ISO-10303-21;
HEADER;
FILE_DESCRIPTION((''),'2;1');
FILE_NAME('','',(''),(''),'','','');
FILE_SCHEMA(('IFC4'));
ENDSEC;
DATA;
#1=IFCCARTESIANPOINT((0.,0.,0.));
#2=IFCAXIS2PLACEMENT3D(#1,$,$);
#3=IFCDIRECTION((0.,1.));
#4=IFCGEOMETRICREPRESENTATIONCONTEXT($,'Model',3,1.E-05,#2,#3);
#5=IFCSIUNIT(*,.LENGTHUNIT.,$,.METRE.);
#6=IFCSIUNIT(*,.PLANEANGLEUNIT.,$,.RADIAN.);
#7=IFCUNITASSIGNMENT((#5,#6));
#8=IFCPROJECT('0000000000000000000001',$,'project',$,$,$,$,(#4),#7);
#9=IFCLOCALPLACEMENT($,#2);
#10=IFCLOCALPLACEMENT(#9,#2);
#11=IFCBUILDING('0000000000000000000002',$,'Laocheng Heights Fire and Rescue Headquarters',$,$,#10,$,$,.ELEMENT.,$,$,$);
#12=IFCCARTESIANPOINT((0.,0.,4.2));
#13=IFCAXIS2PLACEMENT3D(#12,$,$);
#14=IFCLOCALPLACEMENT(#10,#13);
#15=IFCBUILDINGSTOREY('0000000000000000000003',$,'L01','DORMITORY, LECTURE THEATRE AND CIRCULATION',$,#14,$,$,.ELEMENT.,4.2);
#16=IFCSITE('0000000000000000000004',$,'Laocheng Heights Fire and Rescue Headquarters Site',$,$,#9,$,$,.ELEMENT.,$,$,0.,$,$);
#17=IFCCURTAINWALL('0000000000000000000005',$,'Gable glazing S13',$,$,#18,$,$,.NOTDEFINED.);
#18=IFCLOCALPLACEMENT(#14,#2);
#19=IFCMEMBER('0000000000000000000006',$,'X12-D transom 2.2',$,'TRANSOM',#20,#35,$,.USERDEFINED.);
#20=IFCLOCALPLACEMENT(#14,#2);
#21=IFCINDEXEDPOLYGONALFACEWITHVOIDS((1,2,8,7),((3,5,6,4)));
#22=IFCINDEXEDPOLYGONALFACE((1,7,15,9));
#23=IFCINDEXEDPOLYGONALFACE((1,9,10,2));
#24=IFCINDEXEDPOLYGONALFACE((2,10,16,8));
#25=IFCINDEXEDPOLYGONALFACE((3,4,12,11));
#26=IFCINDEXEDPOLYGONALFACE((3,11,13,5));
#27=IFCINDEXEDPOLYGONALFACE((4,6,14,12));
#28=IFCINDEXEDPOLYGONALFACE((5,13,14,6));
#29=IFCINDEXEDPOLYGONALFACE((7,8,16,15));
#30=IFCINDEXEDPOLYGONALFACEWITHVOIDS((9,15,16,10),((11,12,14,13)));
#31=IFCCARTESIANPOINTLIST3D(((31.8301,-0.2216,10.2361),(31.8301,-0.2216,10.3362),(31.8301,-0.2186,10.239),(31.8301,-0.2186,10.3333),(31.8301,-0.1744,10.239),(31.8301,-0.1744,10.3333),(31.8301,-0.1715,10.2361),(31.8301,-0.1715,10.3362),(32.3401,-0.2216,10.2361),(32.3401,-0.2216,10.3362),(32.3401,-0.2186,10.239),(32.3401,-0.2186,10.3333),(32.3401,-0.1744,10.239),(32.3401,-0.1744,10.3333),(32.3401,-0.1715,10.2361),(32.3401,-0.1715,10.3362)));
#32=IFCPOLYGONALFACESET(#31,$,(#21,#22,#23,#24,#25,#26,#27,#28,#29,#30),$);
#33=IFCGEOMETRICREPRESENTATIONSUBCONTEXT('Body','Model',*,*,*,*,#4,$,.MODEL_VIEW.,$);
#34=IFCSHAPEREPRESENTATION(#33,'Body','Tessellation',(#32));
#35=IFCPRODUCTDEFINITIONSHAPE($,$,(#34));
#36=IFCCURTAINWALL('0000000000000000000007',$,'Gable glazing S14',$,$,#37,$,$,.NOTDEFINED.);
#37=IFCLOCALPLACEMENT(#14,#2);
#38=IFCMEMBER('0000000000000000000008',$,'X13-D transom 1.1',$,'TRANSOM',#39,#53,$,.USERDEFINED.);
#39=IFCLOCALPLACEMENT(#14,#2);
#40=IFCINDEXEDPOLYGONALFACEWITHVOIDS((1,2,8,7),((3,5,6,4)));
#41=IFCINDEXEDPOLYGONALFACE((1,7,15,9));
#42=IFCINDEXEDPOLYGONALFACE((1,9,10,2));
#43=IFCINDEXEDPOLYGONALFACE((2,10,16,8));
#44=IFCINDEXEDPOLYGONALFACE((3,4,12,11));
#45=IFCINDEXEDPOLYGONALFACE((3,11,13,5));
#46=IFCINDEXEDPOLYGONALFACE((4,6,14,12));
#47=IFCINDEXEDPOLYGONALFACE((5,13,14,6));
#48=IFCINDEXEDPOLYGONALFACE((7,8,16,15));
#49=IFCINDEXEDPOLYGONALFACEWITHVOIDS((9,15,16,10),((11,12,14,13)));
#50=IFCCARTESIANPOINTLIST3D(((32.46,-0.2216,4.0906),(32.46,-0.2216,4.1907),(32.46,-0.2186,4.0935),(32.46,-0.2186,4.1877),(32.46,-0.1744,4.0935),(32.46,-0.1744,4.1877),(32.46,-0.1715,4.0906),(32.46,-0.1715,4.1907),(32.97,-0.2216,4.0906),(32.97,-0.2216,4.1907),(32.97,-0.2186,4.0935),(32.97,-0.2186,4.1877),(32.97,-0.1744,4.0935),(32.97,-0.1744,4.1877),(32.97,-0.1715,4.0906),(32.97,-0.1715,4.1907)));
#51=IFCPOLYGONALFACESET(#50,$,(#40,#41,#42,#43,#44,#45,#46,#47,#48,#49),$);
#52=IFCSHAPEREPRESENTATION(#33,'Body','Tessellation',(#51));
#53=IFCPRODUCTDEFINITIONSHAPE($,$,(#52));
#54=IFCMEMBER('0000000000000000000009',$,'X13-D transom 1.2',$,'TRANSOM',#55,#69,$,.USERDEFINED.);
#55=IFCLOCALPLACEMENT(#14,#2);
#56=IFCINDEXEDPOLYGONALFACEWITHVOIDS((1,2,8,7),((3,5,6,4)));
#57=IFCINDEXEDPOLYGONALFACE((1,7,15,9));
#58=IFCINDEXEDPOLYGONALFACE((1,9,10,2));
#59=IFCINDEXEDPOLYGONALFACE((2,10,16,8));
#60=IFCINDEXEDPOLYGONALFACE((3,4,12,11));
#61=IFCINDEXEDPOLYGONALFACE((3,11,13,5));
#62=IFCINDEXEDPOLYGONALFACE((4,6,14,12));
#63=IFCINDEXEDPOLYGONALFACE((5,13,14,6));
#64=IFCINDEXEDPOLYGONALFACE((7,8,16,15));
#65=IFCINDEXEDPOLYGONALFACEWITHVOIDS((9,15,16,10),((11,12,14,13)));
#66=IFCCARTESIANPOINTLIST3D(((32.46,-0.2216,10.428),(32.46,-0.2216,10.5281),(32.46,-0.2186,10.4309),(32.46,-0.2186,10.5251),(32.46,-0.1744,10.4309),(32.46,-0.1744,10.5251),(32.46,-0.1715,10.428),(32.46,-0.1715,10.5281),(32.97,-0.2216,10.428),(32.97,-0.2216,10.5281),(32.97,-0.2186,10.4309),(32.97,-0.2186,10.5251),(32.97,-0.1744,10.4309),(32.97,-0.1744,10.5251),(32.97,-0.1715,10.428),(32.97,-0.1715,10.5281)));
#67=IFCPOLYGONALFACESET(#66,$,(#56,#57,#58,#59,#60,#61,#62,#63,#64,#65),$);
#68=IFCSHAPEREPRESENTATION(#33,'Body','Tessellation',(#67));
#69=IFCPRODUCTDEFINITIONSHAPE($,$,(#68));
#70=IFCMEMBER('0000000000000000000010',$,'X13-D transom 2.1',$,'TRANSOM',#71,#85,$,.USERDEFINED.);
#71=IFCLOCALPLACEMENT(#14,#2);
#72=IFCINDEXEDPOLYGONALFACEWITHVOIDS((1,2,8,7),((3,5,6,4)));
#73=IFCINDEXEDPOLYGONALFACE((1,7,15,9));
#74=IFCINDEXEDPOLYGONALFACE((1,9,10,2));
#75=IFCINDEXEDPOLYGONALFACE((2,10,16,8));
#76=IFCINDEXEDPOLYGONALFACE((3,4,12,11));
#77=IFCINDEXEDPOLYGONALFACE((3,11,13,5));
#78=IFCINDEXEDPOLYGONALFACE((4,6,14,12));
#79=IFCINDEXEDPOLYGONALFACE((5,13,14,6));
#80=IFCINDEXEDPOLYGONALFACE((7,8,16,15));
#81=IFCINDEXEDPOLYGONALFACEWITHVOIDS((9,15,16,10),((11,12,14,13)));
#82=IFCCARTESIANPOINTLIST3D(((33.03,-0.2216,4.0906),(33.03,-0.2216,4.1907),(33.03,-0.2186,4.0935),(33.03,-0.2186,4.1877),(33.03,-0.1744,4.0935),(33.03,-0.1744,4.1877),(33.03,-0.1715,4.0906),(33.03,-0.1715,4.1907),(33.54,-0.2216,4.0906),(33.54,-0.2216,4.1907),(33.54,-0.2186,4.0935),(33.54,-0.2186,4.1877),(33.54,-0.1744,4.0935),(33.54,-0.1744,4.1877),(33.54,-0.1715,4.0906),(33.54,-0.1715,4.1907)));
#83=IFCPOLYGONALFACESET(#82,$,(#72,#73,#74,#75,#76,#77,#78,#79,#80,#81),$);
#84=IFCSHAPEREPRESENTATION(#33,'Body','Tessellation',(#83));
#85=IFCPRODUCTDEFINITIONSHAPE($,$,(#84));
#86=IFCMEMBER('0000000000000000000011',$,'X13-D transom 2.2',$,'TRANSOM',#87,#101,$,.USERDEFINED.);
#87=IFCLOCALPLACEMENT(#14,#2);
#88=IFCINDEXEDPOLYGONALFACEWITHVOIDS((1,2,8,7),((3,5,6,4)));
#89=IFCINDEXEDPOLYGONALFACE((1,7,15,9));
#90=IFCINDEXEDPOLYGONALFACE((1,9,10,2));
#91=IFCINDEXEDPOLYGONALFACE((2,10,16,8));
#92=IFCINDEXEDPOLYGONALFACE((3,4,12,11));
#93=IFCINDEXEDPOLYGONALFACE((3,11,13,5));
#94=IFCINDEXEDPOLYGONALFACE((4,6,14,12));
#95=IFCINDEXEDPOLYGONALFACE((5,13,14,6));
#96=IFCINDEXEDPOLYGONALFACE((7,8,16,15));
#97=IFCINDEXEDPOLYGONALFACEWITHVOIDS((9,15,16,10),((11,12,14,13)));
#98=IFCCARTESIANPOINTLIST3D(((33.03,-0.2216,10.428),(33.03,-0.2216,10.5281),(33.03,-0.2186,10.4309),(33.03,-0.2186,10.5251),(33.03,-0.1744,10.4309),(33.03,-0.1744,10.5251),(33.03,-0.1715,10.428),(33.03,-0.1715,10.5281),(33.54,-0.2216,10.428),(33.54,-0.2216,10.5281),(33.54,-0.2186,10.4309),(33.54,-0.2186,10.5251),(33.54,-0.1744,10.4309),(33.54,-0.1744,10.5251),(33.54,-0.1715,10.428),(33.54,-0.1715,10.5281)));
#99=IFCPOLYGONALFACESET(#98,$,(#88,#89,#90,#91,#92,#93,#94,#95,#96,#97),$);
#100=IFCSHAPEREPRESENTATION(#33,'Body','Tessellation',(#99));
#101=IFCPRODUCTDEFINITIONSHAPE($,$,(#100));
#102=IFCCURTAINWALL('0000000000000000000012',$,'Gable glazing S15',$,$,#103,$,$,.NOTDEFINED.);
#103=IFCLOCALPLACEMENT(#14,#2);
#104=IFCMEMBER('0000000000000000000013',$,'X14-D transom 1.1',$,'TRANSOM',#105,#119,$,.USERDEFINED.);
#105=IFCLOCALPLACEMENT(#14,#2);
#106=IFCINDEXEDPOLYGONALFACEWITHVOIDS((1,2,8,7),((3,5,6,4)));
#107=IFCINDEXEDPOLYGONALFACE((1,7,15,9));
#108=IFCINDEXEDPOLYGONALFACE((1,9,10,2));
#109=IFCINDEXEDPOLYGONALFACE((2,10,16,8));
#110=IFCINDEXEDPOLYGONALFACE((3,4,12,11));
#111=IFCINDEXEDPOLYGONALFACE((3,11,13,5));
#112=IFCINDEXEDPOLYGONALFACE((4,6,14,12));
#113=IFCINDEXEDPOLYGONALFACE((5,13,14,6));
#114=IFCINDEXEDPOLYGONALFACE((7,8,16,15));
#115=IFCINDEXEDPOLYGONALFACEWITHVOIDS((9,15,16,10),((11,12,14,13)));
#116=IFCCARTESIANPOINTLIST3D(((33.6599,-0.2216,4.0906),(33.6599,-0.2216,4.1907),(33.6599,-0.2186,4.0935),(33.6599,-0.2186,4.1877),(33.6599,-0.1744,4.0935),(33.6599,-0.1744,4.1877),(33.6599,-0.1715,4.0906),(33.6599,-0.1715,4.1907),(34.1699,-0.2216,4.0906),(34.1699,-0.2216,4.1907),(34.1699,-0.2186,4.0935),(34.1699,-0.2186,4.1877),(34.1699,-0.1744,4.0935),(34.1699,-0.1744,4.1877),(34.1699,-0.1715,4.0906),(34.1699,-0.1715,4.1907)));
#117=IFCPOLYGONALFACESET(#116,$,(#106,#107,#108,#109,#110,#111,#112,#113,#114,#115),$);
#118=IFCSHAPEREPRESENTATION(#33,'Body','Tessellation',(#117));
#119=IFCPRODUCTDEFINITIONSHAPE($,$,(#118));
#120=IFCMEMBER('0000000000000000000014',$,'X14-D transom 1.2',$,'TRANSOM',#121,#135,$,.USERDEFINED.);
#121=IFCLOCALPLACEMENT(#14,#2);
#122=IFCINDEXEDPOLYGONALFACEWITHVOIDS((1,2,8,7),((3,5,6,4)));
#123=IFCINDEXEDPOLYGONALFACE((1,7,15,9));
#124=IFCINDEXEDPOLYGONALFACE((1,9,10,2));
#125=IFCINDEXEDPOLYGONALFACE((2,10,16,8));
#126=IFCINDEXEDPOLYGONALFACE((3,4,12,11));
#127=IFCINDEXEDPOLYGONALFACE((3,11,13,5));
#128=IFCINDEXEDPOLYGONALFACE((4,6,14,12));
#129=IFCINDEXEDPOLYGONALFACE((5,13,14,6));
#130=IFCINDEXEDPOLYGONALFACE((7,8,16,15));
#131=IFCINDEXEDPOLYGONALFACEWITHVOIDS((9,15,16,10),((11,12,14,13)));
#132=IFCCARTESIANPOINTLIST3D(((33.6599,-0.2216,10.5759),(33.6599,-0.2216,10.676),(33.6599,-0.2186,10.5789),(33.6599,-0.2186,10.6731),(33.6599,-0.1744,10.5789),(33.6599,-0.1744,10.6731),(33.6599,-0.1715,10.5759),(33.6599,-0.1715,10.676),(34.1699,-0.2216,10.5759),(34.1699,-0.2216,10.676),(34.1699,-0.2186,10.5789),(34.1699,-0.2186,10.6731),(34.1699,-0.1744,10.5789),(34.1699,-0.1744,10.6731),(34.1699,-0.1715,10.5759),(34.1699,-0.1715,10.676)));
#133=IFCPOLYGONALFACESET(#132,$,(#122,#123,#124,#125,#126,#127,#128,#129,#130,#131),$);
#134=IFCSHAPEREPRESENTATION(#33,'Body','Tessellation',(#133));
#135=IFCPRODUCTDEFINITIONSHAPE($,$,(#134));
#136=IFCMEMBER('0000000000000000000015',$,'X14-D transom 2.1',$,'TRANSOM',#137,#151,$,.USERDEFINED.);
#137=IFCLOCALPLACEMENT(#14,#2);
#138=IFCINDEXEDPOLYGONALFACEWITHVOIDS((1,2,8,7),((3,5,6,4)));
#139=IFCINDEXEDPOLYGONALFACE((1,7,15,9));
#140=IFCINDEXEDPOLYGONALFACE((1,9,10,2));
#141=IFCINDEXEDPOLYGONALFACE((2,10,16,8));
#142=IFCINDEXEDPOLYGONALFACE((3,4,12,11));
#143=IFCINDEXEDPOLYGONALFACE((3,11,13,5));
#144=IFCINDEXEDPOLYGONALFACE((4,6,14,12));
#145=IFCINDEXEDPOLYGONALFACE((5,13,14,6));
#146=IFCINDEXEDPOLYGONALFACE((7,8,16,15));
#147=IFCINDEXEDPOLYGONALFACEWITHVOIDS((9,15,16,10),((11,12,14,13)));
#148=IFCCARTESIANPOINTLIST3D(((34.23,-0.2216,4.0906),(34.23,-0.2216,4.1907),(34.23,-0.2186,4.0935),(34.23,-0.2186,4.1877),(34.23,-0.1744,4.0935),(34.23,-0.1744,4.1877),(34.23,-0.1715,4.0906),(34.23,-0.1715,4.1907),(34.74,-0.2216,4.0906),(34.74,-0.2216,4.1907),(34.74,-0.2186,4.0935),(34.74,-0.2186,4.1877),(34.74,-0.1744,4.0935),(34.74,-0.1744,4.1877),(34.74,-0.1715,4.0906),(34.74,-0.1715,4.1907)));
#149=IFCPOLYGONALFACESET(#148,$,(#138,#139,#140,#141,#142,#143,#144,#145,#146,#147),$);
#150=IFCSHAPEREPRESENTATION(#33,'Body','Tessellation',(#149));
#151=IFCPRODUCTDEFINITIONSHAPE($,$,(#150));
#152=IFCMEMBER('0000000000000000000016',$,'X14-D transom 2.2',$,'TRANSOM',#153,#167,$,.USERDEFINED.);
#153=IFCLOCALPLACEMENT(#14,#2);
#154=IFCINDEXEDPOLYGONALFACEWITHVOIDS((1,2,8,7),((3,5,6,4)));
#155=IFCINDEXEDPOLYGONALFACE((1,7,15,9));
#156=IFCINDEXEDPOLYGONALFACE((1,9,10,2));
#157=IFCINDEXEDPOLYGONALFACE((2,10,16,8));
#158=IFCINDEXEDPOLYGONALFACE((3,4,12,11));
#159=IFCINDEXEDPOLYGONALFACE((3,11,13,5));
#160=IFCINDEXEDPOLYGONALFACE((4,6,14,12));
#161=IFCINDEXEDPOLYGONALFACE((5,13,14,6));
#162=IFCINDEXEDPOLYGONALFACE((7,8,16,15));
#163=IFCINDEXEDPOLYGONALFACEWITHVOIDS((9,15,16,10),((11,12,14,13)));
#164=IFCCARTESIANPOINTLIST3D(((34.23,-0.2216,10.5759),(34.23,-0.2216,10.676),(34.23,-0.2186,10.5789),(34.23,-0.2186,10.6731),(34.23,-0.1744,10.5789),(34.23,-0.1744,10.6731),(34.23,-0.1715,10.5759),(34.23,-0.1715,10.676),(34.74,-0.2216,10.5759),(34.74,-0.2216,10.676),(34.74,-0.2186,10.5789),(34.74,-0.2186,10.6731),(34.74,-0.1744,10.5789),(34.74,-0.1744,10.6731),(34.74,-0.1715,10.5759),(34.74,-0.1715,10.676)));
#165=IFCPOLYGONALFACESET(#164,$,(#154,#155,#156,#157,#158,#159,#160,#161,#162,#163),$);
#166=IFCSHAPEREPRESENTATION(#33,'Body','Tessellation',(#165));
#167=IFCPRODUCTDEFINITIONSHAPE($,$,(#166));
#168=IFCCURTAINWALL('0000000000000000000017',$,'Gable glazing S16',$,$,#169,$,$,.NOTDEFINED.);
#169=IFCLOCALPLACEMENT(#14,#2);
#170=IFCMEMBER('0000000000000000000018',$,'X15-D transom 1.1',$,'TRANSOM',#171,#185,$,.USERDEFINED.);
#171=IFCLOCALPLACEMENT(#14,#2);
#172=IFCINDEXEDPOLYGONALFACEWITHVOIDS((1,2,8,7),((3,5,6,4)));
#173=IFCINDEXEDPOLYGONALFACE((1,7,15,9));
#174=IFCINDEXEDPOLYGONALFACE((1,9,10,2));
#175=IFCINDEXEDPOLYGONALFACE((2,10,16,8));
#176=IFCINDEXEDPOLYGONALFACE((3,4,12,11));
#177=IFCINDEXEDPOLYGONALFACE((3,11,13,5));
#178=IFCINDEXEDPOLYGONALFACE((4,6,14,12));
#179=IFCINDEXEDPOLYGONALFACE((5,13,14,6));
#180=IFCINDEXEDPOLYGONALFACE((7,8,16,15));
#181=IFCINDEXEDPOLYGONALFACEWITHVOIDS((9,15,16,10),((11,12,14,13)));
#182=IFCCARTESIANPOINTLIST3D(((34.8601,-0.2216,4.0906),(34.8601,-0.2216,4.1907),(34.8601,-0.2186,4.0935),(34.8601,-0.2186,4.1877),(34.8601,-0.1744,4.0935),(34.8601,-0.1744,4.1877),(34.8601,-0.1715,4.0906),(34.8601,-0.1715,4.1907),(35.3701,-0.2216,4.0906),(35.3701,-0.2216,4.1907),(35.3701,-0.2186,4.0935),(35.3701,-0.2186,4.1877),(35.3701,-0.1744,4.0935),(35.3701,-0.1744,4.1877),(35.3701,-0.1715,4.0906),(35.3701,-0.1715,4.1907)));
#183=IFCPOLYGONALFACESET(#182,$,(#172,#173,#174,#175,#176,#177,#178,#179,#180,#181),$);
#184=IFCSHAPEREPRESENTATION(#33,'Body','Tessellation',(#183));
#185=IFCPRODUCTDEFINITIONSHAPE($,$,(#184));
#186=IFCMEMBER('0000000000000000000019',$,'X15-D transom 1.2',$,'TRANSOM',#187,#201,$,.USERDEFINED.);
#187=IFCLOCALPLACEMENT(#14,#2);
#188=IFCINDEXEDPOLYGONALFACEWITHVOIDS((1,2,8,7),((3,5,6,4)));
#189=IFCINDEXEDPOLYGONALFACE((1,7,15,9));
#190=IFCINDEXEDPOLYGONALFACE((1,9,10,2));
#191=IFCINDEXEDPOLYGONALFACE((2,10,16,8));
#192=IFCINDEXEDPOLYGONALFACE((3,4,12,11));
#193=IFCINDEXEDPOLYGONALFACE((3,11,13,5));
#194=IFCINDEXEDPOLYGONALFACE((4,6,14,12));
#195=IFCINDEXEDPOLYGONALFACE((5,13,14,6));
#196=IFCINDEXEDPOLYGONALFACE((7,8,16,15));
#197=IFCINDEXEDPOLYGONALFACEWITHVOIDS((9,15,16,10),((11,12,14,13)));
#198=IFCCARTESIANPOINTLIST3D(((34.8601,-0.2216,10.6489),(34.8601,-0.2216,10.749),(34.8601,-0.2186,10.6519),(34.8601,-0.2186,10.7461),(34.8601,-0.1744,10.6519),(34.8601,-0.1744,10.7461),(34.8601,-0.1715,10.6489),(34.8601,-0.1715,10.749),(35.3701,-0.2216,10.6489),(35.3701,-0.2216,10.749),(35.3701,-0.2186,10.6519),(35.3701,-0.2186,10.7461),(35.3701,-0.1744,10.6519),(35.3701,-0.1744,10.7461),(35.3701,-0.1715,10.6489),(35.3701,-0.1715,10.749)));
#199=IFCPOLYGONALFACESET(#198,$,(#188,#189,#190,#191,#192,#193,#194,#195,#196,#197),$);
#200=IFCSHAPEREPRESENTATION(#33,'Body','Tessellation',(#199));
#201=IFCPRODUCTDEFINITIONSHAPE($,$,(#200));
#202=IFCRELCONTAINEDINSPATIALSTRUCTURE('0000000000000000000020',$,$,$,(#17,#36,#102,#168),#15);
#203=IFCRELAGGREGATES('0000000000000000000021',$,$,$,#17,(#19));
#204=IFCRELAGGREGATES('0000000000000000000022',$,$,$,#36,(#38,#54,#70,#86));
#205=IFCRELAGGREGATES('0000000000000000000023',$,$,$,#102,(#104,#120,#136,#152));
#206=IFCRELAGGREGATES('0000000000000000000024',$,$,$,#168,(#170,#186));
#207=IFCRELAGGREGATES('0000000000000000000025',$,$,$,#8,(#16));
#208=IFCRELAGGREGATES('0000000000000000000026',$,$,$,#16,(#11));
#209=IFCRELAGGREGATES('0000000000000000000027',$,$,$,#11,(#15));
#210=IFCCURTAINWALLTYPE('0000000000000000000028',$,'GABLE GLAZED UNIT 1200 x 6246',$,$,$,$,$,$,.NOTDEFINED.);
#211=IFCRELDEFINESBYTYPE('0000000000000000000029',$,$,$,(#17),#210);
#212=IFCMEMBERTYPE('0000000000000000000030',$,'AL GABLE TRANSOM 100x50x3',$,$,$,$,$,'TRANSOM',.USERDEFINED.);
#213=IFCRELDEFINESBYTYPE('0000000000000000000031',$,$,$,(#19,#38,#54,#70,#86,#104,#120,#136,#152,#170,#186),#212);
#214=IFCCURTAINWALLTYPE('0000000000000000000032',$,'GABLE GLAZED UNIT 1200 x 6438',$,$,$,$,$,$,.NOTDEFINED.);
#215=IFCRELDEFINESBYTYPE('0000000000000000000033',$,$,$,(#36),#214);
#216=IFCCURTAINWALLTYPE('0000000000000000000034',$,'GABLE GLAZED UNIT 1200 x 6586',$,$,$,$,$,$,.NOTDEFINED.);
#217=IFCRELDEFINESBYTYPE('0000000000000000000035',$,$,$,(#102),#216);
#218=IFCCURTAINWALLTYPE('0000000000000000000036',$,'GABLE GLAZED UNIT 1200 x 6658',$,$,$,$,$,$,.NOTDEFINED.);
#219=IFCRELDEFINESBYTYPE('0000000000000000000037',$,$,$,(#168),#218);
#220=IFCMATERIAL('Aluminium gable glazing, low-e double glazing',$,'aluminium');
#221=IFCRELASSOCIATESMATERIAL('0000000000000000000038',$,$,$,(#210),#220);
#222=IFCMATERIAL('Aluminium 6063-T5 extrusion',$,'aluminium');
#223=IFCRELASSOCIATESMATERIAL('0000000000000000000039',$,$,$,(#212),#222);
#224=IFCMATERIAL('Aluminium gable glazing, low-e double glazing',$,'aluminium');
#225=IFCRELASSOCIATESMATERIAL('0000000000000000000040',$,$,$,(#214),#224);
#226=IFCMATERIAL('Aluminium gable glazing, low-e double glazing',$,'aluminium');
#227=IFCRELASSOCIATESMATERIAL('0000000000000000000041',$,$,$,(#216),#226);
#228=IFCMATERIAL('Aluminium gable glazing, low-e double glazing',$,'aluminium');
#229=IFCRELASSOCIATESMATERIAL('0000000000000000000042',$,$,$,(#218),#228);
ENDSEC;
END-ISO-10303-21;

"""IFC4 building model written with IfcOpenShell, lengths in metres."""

from ifc_helpers import new_model, si_unit, direction, frame, origin, origin_2d, place, context, subcontext, project, spatial, hollow_rectangle, extrude, material, material_profile, profile_set, type_object, element, aggregate, save


model = new_model("IFC4")

# Units and contexts
model_context = context("Model", 3, precision=1e-05, world=origin(), true_north=direction((0.0, 1.0)))
body_context = subcontext(model_context, "Body", "Model", "MODEL_VIEW")
ifc_project = project(units=[si_unit("LENGTHUNIT", "METRE"), si_unit("PLANEANGLEUNIT", "RADIAN")], contexts=[model_context])

# Site, building, storey
site_placement = place(None, origin())
site = spatial("IfcSite", under=ifc_project, at=site_placement, Name="Laocheng Heights Fire and Rescue Headquarters Site", CompositionType="ELEMENT", RefElevation=0.0)
building_placement = place(site_placement, origin())
building = spatial("IfcBuilding", under=site, at=building_placement, Name="Laocheng Heights Fire and Rescue Headquarters", CompositionType="ELEMENT")
storey_placement = place(building_placement, frame((0.0, 0.0, 4.2)))
storey = spatial("IfcBuildingStorey", under=building, at=storey_placement, Name="L01", Description="DORMITORY, LECTURE THEATRE AND CIRCULATION", CompositionType="ELEMENT", Elevation=4.2)

# Curtain wall, member
ifc_material_1 = material(Name="Aluminium gable glazing, low-e double glazing", Category="aluminium")
curtain_wall_type_1 = type_object("IfcCurtainWallType", Name="GABLE GLAZED UNIT 1200 x 6246", PredefinedType="NOTDEFINED", material=ifc_material_1)
curtain_wall_1_placement = place(storey_placement, origin())
curtain_wall_1 = element("IfcCurtainWall", 1, at=curtain_wall_1_placement, inside=storey, type_object=curtain_wall_type_1, Name="Gable glazing S13", PredefinedType="NOTDEFINED")
ifc_material_2 = material(Name="Aluminium 6063-T5 extrusion", Category="aluminium")
ifc_material_profile = material_profile(ifc_material_2, hollow_rectangle(XDim=0.05, YDim=0.1001, WallThickness=0.0029, at=origin_2d()), Name="AL TRANSOM 100x50x3")
ifc_profile_set = profile_set([ifc_material_profile], Name="Aluminium 6063-T5 extrusion")
member_type = type_object("IfcMemberType", Name="AL GABLE TRANSOM 100x50x3", ElementType="TRANSOM", PredefinedType="USERDEFINED", material=ifc_profile_set)
member_1_placement = place(storey_placement, frame((31.8301, -0.1965, 10.2861), z_axis=(1.0, 0.0, 0.0), x_axis=(0.0, 1.0, 0.0)))
member_1 = element("IfcMember", 2, at=member_1_placement, type_object=member_type, Name="X12-D transom 2.2", ObjectType="TRANSOM", PredefinedType="USERDEFINED", context=body_context, shape_type="SweptSolid", body=[
    extrude(hollow_rectangle(XDim=0.05, YDim=0.1001, WallThickness=0.0029, at=origin_2d()), origin(), (0.0, 0.0, 1.0), 0.51),
])

# Curtain walls, members
ifc_material_3 = material(Name="Aluminium gable glazing, low-e double glazing", Category="aluminium")
curtain_wall_type_2 = type_object("IfcCurtainWallType", Name="GABLE GLAZED UNIT 1200 x 6438", PredefinedType="NOTDEFINED", material=ifc_material_3)
curtain_wall_2_placement = place(storey_placement, origin())
curtain_wall_2 = element("IfcCurtainWall", 3, at=curtain_wall_2_placement, inside=storey, type_object=curtain_wall_type_2, Name="Gable glazing S14", PredefinedType="NOTDEFINED")
member_2_placement = place(storey_placement, frame((32.46, -0.1965, 4.1406), z_axis=(1.0, 0.0, 0.0), x_axis=(0.0, 1.0, 0.0)))
member_2 = element("IfcMember", 4, at=member_2_placement, type_object=member_type, Name="X13-D transom 1.1", ObjectType="TRANSOM", PredefinedType="USERDEFINED", context=body_context, shape_type="SweptSolid", body=[
    extrude(hollow_rectangle(XDim=0.05, YDim=0.1001, WallThickness=0.0029, at=origin_2d()), origin(), (0.0, 0.0, 1.0), 0.51),
])
member_3_placement = place(storey_placement, frame((32.46, -0.1965, 10.478), z_axis=(1.0, 0.0, 0.0), x_axis=(0.0, 1.0, 0.0)))
member_3 = element("IfcMember", 5, at=member_3_placement, type_object=member_type, Name="X13-D transom 1.2", ObjectType="TRANSOM", PredefinedType="USERDEFINED", context=body_context, shape_type="SweptSolid", body=[
    extrude(hollow_rectangle(XDim=0.05, YDim=0.1001, WallThickness=0.0029, at=origin_2d()), origin(), (0.0, 0.0, 1.0), 0.51),
])
member_4_placement = place(storey_placement, frame((33.03, -0.1965, 4.1406), z_axis=(1.0, 0.0, 0.0), x_axis=(0.0, 1.0, 0.0)))
member_4 = element("IfcMember", 6, at=member_4_placement, type_object=member_type, Name="X13-D transom 2.1", ObjectType="TRANSOM", PredefinedType="USERDEFINED", context=body_context, shape_type="SweptSolid", body=[
    extrude(hollow_rectangle(XDim=0.05, YDim=0.1001, WallThickness=0.0029, at=origin_2d()), origin(), (0.0, 0.0, 1.0), 0.51),
])
member_5_placement = place(storey_placement, frame((33.03, -0.1965, 10.478), z_axis=(1.0, 0.0, 0.0), x_axis=(0.0, 1.0, 0.0)))
member_5 = element("IfcMember", 7, at=member_5_placement, type_object=member_type, Name="X13-D transom 2.2", ObjectType="TRANSOM", PredefinedType="USERDEFINED", context=body_context, shape_type="SweptSolid", body=[
    extrude(hollow_rectangle(XDim=0.05, YDim=0.1001, WallThickness=0.0029, at=origin_2d()), origin(), (0.0, 0.0, 1.0), 0.51),
])
ifc_material_4 = material(Name="Aluminium gable glazing, low-e double glazing", Category="aluminium")
curtain_wall_type_3 = type_object("IfcCurtainWallType", Name="GABLE GLAZED UNIT 1200 x 6586", PredefinedType="NOTDEFINED", material=ifc_material_4)
curtain_wall_3_placement = place(storey_placement, origin())
curtain_wall_3 = element("IfcCurtainWall", 8, at=curtain_wall_3_placement, inside=storey, type_object=curtain_wall_type_3, Name="Gable glazing S15", PredefinedType="NOTDEFINED")
member_6_placement = place(storey_placement, frame((33.6599, -0.1965, 4.1406), z_axis=(1.0, 0.0, 0.0), x_axis=(0.0, 1.0, 0.0)))
member_6 = element("IfcMember", 9, at=member_6_placement, type_object=member_type, Name="X14-D transom 1.1", ObjectType="TRANSOM", PredefinedType="USERDEFINED", context=body_context, shape_type="SweptSolid", body=[
    extrude(hollow_rectangle(XDim=0.05, YDim=0.1001, WallThickness=0.0029, at=origin_2d()), origin(), (0.0, 0.0, 1.0), 0.51),
])
member_7_placement = place(storey_placement, frame((33.6599, -0.1965, 10.626), z_axis=(1.0, 0.0, 0.0), x_axis=(0.0, 1.0, 0.0)))
member_7 = element("IfcMember", 10, at=member_7_placement, type_object=member_type, Name="X14-D transom 1.2", ObjectType="TRANSOM", PredefinedType="USERDEFINED", context=body_context, shape_type="SweptSolid", body=[
    extrude(hollow_rectangle(XDim=0.05, YDim=0.1001, WallThickness=0.0029, at=origin_2d()), origin(), (0.0, 0.0, 1.0), 0.51),
])
member_8_placement = place(storey_placement, frame((34.23, -0.1965, 4.1406), z_axis=(1.0, 0.0, 0.0), x_axis=(0.0, 1.0, 0.0)))
member_8 = element("IfcMember", 11, at=member_8_placement, type_object=member_type, Name="X14-D transom 2.1", ObjectType="TRANSOM", PredefinedType="USERDEFINED", context=body_context, shape_type="SweptSolid", body=[
    extrude(hollow_rectangle(XDim=0.05, YDim=0.1001, WallThickness=0.0029, at=origin_2d()), origin(), (0.0, 0.0, 1.0), 0.51),
])
member_9_placement = place(storey_placement, frame((34.23, -0.1965, 10.626), z_axis=(1.0, 0.0, 0.0), x_axis=(0.0, 1.0, 0.0)))
member_9 = element("IfcMember", 12, at=member_9_placement, type_object=member_type, Name="X14-D transom 2.2", ObjectType="TRANSOM", PredefinedType="USERDEFINED", context=body_context, shape_type="SweptSolid", body=[
    extrude(hollow_rectangle(XDim=0.05, YDim=0.1001, WallThickness=0.0029, at=origin_2d()), origin(), (0.0, 0.0, 1.0), 0.51),
])
ifc_material_5 = material(Name="Aluminium gable glazing, low-e double glazing", Category="aluminium")
curtain_wall_type_4 = type_object("IfcCurtainWallType", Name="GABLE GLAZED UNIT 1200 x 6658", PredefinedType="NOTDEFINED", material=ifc_material_5)
curtain_wall_4_placement = place(storey_placement, origin())
curtain_wall_4 = element("IfcCurtainWall", 13, at=curtain_wall_4_placement, inside=storey, type_object=curtain_wall_type_4, Name="Gable glazing S16", PredefinedType="NOTDEFINED")
member_10_placement = place(storey_placement, frame((34.8601, -0.1965, 4.1406), z_axis=(1.0, 0.0, 0.0), x_axis=(0.0, 1.0, 0.0)))
member_10 = element("IfcMember", 14, at=member_10_placement, type_object=member_type, Name="X15-D transom 1.1", ObjectType="TRANSOM", PredefinedType="USERDEFINED", context=body_context, shape_type="SweptSolid", body=[
    extrude(hollow_rectangle(XDim=0.05, YDim=0.1001, WallThickness=0.0029, at=origin_2d()), origin(), (0.0, 0.0, 1.0), 0.51),
])
member_11_placement = place(storey_placement, frame((34.8601, -0.1965, 10.699), z_axis=(1.0, 0.0, 0.0), x_axis=(0.0, 1.0, 0.0)))
member_11 = element("IfcMember", 15, at=member_11_placement, type_object=member_type, Name="X15-D transom 1.2", ObjectType="TRANSOM", PredefinedType="USERDEFINED", context=body_context, shape_type="SweptSolid", body=[
    extrude(hollow_rectangle(XDim=0.05, YDim=0.1001, WallThickness=0.0029, at=origin_2d()), origin(), (0.0, 0.0, 1.0), 0.51),
])

aggregate(curtain_wall_1, [member_1])
aggregate(curtain_wall_2, [member_2, member_3, member_4, member_5])
aggregate(curtain_wall_3, [member_6, member_7, member_8, member_9])
aggregate(curtain_wall_4, [member_10, member_11])

save(model, "model.ifc")
